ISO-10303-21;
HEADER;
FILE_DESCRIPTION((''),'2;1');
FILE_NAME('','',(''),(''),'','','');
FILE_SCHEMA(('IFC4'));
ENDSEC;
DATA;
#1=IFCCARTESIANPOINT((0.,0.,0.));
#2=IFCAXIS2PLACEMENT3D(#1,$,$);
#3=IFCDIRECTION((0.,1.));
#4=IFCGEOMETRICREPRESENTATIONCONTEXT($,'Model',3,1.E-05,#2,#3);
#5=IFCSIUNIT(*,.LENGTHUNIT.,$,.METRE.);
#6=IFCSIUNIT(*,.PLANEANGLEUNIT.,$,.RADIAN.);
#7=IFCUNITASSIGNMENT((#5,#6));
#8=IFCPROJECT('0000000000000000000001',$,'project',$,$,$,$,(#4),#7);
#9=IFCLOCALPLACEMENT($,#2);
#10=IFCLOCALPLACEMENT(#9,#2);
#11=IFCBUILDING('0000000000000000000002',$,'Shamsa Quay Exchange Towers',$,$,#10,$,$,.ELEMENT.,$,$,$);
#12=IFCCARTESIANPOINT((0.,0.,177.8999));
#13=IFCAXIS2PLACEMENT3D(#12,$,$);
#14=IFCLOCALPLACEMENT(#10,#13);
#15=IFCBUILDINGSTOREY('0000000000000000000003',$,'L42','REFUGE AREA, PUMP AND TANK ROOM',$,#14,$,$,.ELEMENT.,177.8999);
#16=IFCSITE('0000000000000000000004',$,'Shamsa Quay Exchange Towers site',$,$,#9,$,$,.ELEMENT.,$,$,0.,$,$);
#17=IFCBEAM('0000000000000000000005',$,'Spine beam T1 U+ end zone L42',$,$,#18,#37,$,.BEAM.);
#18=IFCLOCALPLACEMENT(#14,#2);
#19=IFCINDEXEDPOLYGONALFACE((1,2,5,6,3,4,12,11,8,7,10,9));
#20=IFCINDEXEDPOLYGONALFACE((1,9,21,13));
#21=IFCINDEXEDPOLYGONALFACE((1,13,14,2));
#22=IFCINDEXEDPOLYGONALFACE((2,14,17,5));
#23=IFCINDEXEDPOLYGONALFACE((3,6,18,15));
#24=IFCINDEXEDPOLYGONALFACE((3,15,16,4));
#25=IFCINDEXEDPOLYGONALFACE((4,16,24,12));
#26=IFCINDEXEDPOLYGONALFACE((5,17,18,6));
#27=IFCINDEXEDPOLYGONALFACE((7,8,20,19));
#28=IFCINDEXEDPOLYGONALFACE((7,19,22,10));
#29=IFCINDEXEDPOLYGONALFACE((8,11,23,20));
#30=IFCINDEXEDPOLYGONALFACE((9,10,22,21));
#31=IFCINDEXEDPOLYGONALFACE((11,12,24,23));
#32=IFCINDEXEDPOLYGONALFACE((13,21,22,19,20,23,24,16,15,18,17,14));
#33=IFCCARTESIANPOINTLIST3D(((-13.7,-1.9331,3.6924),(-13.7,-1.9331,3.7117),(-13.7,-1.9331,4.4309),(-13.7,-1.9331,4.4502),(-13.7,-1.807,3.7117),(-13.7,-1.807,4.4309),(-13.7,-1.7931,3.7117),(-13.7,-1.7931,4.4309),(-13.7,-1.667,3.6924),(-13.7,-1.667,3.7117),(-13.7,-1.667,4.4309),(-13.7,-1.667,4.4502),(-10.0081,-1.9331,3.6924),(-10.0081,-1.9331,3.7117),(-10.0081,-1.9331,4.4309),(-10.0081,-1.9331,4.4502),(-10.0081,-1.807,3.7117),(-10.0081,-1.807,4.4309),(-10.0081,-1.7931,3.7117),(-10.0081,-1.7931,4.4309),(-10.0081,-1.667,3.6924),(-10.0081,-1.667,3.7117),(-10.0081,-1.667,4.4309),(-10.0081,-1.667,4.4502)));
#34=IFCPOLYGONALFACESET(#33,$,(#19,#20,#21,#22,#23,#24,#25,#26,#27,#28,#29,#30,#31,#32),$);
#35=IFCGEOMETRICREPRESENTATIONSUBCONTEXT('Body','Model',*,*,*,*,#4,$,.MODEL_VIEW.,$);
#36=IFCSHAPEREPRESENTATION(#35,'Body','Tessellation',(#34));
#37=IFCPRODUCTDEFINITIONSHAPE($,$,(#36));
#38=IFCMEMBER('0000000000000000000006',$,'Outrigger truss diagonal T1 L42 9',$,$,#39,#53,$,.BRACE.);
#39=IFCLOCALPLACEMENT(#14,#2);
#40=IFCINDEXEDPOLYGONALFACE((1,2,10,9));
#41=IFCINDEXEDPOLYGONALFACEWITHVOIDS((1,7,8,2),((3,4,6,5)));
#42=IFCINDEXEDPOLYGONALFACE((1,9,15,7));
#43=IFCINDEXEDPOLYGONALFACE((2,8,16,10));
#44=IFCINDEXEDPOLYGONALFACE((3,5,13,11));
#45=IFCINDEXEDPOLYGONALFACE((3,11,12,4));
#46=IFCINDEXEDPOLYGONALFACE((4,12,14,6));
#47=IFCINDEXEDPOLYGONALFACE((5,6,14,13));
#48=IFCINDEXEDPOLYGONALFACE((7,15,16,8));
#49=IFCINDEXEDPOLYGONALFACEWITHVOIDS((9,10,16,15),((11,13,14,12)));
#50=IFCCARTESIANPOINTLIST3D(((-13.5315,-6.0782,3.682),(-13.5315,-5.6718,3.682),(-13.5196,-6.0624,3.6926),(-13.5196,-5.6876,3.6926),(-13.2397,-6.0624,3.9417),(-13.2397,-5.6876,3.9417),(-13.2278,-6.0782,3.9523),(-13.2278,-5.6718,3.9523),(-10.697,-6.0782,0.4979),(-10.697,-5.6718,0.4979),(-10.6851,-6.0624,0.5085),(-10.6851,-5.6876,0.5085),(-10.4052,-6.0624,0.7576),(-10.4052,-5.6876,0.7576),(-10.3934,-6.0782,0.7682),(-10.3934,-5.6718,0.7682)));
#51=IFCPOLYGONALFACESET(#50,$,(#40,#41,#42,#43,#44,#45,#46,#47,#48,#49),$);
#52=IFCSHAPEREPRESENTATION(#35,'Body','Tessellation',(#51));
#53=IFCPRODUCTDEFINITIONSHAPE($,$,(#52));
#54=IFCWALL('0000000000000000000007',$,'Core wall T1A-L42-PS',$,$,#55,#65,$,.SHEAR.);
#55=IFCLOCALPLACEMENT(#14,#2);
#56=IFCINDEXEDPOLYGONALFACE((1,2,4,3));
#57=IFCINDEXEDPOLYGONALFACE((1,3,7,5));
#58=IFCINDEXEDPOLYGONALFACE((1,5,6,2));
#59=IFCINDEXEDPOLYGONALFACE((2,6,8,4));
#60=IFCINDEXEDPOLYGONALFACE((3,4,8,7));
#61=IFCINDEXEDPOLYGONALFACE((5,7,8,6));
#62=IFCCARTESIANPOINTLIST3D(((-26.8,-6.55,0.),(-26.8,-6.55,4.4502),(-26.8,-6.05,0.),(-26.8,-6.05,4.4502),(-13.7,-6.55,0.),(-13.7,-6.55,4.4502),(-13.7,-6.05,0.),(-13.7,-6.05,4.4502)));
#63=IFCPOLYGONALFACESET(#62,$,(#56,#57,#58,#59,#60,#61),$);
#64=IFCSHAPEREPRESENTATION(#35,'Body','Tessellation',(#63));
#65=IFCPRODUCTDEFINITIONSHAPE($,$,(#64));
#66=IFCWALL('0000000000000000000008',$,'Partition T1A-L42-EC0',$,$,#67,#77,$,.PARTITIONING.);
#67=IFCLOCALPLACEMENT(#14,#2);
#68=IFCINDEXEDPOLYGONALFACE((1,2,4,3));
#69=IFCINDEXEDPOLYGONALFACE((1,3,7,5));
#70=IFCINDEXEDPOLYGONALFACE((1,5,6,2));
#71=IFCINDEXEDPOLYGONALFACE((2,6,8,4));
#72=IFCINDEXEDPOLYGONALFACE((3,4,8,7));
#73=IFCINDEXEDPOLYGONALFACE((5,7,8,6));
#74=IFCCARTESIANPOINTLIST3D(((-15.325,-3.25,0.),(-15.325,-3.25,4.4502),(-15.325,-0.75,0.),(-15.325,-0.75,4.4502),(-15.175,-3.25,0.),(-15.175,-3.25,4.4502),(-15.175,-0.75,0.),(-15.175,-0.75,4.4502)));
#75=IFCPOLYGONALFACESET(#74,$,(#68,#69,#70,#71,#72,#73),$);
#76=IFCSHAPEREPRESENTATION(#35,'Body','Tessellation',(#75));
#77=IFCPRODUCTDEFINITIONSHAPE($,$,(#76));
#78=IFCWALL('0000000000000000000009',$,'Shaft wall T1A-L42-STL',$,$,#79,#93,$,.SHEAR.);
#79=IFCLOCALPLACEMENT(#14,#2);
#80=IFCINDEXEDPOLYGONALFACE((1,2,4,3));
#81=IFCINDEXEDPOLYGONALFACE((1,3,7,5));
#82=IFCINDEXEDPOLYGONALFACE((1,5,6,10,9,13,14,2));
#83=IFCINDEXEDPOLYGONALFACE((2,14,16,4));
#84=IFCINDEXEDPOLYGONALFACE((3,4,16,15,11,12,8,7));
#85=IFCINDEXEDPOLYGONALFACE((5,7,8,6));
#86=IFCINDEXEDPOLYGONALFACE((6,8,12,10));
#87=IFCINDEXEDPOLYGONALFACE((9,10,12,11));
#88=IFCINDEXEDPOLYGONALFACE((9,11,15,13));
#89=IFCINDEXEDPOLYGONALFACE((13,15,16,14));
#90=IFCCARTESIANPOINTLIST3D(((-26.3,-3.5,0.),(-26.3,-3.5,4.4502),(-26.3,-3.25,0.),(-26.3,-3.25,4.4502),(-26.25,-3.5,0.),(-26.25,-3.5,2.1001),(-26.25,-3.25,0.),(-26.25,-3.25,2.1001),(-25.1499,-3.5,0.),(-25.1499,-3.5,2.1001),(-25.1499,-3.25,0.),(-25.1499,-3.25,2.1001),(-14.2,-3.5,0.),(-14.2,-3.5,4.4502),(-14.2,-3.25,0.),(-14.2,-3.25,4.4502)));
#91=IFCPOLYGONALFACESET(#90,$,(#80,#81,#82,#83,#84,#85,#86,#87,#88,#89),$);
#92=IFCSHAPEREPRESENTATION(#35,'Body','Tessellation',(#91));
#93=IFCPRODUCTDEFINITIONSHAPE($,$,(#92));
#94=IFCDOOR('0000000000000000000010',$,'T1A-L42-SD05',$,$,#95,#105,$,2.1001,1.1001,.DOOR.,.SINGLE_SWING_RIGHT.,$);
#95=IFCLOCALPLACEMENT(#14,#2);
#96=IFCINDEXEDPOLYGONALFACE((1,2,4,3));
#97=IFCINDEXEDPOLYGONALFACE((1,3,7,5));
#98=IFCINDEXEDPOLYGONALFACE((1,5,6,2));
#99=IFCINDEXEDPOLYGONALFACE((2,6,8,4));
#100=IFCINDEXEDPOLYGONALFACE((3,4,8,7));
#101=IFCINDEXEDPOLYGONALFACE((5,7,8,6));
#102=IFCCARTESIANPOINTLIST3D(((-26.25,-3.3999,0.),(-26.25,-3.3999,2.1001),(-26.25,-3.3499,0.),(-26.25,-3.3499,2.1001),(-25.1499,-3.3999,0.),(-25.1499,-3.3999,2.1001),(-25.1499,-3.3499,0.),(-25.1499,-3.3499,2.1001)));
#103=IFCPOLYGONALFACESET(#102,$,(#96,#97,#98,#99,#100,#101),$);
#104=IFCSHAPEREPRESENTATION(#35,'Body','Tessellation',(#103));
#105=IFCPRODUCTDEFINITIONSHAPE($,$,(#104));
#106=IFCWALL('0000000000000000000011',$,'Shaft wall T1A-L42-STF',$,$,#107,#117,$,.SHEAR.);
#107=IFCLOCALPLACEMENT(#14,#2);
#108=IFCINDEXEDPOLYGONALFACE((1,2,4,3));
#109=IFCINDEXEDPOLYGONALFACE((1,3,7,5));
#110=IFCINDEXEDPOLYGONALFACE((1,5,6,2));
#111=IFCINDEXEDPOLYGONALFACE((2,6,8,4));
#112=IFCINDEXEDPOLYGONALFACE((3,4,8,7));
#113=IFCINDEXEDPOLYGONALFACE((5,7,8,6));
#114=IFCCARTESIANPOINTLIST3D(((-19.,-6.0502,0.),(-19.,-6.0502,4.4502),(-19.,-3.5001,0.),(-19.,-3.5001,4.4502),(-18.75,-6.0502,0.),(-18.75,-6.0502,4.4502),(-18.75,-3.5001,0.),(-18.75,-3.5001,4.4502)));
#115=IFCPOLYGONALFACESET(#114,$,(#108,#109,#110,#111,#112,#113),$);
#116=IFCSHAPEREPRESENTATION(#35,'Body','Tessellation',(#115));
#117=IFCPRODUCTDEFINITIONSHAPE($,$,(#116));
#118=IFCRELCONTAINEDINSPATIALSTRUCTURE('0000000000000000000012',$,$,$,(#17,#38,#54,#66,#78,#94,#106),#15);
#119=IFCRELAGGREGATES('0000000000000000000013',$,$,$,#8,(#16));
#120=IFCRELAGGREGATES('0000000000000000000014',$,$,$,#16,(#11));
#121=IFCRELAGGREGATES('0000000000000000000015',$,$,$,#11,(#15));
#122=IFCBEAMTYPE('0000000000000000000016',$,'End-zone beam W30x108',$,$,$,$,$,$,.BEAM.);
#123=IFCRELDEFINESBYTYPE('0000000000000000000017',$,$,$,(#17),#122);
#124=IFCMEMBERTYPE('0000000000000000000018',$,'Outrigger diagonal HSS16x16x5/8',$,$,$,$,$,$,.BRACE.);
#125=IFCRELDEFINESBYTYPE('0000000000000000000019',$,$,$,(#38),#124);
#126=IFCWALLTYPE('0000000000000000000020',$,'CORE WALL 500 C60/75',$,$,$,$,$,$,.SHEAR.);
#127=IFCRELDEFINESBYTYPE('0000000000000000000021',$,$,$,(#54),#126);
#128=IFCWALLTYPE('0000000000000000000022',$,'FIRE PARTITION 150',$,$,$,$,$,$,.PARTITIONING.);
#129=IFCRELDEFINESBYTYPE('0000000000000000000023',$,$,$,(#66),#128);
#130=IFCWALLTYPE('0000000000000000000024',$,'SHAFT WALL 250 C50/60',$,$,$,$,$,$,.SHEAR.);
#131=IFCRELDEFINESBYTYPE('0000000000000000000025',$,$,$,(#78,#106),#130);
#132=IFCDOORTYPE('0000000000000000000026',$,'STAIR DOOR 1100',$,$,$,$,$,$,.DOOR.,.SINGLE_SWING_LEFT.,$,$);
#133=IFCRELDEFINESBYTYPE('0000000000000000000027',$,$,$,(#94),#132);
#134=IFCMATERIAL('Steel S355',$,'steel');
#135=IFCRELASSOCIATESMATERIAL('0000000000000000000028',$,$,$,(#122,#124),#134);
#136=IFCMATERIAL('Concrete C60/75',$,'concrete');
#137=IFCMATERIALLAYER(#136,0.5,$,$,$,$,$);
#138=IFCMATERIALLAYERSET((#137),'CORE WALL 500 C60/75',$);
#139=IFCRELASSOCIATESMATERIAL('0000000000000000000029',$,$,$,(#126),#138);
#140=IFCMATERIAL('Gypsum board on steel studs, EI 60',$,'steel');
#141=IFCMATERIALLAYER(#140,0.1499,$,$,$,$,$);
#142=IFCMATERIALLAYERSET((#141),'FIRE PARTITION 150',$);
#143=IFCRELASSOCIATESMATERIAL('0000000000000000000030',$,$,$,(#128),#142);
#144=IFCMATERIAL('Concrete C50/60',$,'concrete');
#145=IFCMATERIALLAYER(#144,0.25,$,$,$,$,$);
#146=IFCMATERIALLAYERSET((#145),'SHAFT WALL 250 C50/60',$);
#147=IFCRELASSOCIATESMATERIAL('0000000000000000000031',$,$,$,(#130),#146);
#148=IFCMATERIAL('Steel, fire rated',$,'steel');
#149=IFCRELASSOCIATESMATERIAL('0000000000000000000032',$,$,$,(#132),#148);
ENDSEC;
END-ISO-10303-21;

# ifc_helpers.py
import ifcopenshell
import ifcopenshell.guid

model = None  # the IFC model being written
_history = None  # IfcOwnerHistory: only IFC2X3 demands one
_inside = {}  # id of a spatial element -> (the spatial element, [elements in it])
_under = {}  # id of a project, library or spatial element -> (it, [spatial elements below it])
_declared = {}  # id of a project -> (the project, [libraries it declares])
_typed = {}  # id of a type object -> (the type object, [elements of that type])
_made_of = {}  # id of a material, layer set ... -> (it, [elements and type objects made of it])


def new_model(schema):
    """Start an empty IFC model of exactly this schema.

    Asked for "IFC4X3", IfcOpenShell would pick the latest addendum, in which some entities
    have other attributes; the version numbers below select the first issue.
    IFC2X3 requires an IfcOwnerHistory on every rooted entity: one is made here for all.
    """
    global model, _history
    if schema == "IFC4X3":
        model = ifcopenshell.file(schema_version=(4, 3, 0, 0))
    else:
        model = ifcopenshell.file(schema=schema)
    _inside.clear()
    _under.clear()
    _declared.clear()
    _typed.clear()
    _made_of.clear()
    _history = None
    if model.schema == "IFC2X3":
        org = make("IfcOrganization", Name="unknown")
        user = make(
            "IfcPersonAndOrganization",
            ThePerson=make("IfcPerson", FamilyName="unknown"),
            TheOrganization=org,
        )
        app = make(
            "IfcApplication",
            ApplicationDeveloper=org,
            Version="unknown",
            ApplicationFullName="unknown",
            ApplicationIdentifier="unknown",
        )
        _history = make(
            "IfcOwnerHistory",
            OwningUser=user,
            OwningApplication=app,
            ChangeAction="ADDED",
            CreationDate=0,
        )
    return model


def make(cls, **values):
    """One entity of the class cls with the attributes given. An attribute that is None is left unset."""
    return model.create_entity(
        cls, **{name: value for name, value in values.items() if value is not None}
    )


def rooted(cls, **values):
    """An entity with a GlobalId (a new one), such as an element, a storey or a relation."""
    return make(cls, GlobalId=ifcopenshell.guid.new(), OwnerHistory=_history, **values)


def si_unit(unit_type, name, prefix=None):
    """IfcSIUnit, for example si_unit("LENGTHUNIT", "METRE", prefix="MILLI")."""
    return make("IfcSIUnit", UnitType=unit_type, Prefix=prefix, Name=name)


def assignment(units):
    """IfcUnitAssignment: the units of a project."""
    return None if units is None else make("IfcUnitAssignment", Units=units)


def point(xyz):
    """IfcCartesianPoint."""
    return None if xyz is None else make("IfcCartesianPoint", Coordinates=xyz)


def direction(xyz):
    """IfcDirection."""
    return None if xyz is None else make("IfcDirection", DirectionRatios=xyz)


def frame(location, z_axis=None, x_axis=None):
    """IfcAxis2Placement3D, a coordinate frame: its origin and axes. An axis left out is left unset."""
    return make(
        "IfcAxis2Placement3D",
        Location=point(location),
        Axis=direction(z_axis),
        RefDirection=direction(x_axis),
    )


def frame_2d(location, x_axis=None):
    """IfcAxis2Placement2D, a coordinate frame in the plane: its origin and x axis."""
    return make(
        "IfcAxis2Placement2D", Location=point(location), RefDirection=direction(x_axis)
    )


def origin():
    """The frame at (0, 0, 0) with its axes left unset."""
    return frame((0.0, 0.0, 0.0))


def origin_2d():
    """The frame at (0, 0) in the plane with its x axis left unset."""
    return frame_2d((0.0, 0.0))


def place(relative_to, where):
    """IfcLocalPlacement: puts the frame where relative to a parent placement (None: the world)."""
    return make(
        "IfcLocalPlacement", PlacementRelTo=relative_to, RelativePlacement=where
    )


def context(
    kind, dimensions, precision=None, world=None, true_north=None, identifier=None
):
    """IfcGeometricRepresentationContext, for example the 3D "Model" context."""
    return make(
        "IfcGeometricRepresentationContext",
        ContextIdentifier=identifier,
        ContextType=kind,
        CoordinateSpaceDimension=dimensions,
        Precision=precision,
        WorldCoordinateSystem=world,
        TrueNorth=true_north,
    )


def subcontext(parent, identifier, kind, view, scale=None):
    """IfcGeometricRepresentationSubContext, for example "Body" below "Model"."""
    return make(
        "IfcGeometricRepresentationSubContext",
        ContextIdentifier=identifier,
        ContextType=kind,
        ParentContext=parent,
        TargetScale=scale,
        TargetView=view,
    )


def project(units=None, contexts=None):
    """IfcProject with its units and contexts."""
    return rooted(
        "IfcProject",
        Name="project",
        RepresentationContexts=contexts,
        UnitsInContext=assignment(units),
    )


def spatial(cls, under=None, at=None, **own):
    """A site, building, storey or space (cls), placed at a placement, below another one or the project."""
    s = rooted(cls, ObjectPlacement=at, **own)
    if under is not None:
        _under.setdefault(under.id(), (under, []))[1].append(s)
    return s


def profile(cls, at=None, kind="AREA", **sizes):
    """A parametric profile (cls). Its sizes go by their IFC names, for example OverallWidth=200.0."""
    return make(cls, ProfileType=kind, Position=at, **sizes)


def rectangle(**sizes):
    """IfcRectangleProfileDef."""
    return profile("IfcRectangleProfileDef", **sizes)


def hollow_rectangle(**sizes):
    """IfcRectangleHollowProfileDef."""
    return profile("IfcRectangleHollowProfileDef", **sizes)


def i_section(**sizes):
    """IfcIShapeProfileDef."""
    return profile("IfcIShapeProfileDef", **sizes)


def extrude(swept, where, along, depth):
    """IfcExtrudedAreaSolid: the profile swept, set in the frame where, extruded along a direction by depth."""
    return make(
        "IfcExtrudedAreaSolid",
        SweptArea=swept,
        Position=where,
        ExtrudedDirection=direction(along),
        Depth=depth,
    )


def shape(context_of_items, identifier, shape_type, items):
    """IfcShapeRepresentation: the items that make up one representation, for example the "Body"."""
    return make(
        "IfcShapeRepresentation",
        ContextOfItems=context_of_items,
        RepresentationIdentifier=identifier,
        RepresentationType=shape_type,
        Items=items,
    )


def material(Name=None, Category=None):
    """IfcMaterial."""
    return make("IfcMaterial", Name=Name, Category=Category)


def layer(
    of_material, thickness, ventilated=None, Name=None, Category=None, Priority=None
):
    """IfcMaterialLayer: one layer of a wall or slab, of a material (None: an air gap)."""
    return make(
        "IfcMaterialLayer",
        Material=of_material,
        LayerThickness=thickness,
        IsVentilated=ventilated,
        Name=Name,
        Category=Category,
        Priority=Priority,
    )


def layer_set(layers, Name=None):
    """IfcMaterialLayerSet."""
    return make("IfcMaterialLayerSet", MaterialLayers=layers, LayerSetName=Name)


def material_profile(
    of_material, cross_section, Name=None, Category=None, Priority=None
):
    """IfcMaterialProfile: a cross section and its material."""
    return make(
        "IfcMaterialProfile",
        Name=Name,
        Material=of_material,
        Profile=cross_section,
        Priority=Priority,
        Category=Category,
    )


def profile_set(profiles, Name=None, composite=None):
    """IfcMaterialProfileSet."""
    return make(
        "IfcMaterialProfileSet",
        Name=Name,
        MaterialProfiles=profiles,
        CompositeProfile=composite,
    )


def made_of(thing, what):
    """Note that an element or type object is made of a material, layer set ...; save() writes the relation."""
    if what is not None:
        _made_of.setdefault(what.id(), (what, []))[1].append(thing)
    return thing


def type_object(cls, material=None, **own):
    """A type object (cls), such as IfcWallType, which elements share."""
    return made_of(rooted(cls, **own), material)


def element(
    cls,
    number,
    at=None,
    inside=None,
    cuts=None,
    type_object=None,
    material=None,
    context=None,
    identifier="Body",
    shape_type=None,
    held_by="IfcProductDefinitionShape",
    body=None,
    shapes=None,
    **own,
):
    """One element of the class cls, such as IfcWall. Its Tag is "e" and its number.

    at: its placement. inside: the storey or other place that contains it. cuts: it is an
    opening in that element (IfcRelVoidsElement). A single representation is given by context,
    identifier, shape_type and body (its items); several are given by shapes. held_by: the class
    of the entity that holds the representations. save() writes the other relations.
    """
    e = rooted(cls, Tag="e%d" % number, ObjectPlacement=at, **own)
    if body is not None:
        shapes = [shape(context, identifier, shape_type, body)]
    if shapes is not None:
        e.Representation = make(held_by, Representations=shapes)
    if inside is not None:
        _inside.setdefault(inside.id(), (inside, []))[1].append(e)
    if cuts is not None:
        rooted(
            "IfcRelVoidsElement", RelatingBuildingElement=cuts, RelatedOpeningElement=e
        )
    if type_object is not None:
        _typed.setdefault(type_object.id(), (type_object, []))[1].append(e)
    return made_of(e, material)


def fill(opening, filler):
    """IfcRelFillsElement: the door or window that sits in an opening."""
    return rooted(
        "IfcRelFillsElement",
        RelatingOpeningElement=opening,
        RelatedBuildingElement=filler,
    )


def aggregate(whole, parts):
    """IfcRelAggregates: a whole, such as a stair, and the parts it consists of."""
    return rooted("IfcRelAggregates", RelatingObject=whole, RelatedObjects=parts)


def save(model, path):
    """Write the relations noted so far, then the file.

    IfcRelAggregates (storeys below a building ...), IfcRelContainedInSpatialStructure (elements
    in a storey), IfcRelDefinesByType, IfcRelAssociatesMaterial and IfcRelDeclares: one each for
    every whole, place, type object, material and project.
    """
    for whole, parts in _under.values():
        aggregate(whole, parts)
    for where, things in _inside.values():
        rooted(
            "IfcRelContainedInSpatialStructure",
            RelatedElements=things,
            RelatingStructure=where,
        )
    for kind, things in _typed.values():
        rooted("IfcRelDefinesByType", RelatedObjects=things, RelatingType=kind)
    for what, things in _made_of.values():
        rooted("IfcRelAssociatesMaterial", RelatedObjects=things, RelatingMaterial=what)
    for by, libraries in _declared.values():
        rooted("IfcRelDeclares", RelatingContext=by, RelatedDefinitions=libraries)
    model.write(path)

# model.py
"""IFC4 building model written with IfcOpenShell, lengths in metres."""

from ifc_helpers import new_model, si_unit, direction, frame, frame_2d, origin, origin_2d, place, context, subcontext, project, spatial, rectangle, hollow_rectangle, i_section, extrude, material, layer, layer_set, material_profile, profile_set, type_object, element, fill, save


model = new_model("IFC4")

# Units and contexts
model_context = context("Model", 3, precision=1e-05, world=origin(), true_north=direction((0.0, 1.0)))
body_context = subcontext(model_context, "Body", "Model", "MODEL_VIEW")
ifc_project = project(units=[si_unit("LENGTHUNIT", "METRE"), si_unit("PLANEANGLEUNIT", "RADIAN")], contexts=[model_context])

# Site, building, storey
site_placement = place(None, origin())
site = spatial("IfcSite", under=ifc_project, at=site_placement, Name="Shamsa Quay Exchange Towers site", CompositionType="ELEMENT", RefElevation=0.0)
building_placement = place(site_placement, origin())
building = spatial("IfcBuilding", under=site, at=building_placement, Name="Shamsa Quay Exchange Towers", CompositionType="ELEMENT")
storey_placement = place(building_placement, frame((0.0, 0.0, 177.8999)))
storey = spatial("IfcBuildingStorey", under=building, at=storey_placement, Name="L42", Description="REFUGE AREA, PUMP AND TANK ROOM", CompositionType="ELEMENT", Elevation=177.8999)

# Beam
ifc_material_1 = material(Name="Steel S355", Category="steel")
ifc_material_profile_1 = material_profile(ifc_material_1, i_section(OverallWidth=0.2661, OverallDepth=0.7578, WebThickness=0.0139, FlangeThickness=0.0193, at=origin_2d()), Name="W30x108")
ifc_profile_set_1 = profile_set([ifc_material_profile_1], Name="Steel S355")
beam_type = type_object("IfcBeamType", Name="End-zone beam W30x108", PredefinedType="BEAM", material=ifc_profile_set_1)
beam_placement = place(storey_placement, frame((-13.7, -1.8, 4.0713), z_axis=(1.0, 0.0, 0.0), x_axis=(0.0, 1.0, 0.0)))
element("IfcBeam", 1, at=beam_placement, inside=storey, type_object=beam_type, Name="Spine beam T1 U+ end zone L42", PredefinedType="BEAM", context=body_context, shape_type="SweptSolid", body=[
    extrude(i_section(OverallWidth=0.2661, OverallDepth=0.7578, WebThickness=0.0139, FlangeThickness=0.0193, at=origin_2d()), origin(), (0.0, 0.0, 1.0), 3.6919),
])

# Member
ifc_material_profile_2 = material_profile(ifc_material_1, hollow_rectangle(XDim=0.4065, YDim=0.4065, WallThickness=0.0159, at=origin_2d()), Name="HSS16x16x5/8")
ifc_profile_set_2 = profile_set([ifc_material_profile_2], Name="Steel S355")
member_type = type_object("IfcMemberType", Name="Outrigger diagonal HSS16x16x5/8", PredefinedType="BRACE", material=ifc_profile_set_2)
member_placement = place(storey_placement, frame((-10.5452, -5.875, 0.6331), z_axis=(-0.664911, 0.0, 0.746923), x_axis=(0.0, -1.0, 0.0)))
element("IfcMember", 2, at=member_placement, inside=storey, type_object=member_type, Name="Outrigger truss diagonal T1 L42 9", PredefinedType="BRACE", context=body_context, shape_type="SweptSolid", body=[
    extrude(hollow_rectangle(XDim=0.4065, YDim=0.4065, WallThickness=0.0159, at=origin_2d()), origin(), (0.0, 0.0, 1.0), 4.2629),
])

# Walls
ifc_material_2 = material(Name="Concrete C60/75", Category="concrete")
ifc_layer_1 = layer(ifc_material_2, 0.5)
ifc_layer_set_1 = layer_set([ifc_layer_1], Name="CORE WALL 500 C60/75")
wall_type_1 = type_object("IfcWallType", Name="CORE WALL 500 C60/75", PredefinedType="SHEAR", material=ifc_layer_set_1)
wall_1_placement = place(storey_placement, frame((-26.8, -6.3, 0.0)))
element("IfcWall", 3, at=wall_1_placement, inside=storey, type_object=wall_type_1, Name="Core wall T1A-L42-PS", PredefinedType="SHEAR", context=body_context, shape_type="SweptSolid", body=[
    extrude(rectangle(XDim=13.1001, YDim=0.5, at=frame_2d((6.55, 0.0))), origin(), (0.0, 0.0, 1.0), 4.4502),
])
ifc_material_3 = material(Name="Gypsum board on steel studs, EI 60", Category="steel")
ifc_layer_2 = layer(ifc_material_3, 0.1499)
ifc_layer_set_2 = layer_set([ifc_layer_2], Name="FIRE PARTITION 150")
wall_type_2 = type_object("IfcWallType", Name="FIRE PARTITION 150", PredefinedType="PARTITIONING", material=ifc_layer_set_2)
wall_2_placement = place(storey_placement, frame((-15.25, -3.25, 0.0), z_axis=(0.0, 0.0, 1.0), x_axis=(0.0, 1.0, 0.0)))
element("IfcWall", 4, at=wall_2_placement, inside=storey, type_object=wall_type_2, Name="Partition T1A-L42-EC0", PredefinedType="PARTITIONING", context=body_context, shape_type="SweptSolid", body=[
    extrude(rectangle(XDim=2.5, YDim=0.1499, at=frame_2d((1.25, 0.0))), origin(), (0.0, 0.0, 1.0), 4.4502),
])

# Wall, opening, door
ifc_material_4 = material(Name="Concrete C50/60", Category="concrete")
ifc_layer_3 = layer(ifc_material_4, 0.25)
ifc_layer_set_3 = layer_set([ifc_layer_3], Name="SHAFT WALL 250 C50/60")
wall_type_3 = type_object("IfcWallType", Name="SHAFT WALL 250 C50/60", PredefinedType="SHEAR", material=ifc_layer_set_3)
wall_3_placement = place(storey_placement, frame((-14.2, -3.375, 0.0), z_axis=(0.0, 0.0, 1.0), x_axis=(-1.0, 0.0, 0.0)))
wall_3 = element("IfcWall", 5, at=wall_3_placement, inside=storey, type_object=wall_type_3, Name="Shaft wall T1A-L42-STL", PredefinedType="SHEAR", context=body_context, shape_type="SweptSolid", body=[
    extrude(rectangle(XDim=12.1001, YDim=0.25, at=frame_2d((6.05, 0.0))), origin(), (0.0, 0.0, 1.0), 4.4502),
])
opening_1_placement = place(wall_3_placement, frame((10.95, 0.0, 0.0)))
opening_1 = element("IfcOpeningElement", 6, at=opening_1_placement, cuts=wall_3, PredefinedType="OPENING", context=body_context, shape_type="SweptSolid", body=[
    extrude(rectangle(XDim=1.1001, YDim=2.1001, at=frame_2d((0.55, 1.05))), frame((0.0, 0.135, 0.0), z_axis=(0.0, -1.0, 0.0), x_axis=(1.0, 0.0, 0.0)), (0.0, 0.0, 1.0), 0.27),
])
ifc_material_5 = material(Name="Steel, fire rated", Category="steel")
door_type_1 = type_object("IfcDoorType", Name="STAIR DOOR 1100", OperationType="SINGLE_SWING_LEFT", PredefinedType="DOOR", material=ifc_material_5)
door_1_placement = place(opening_1_placement, origin())
door_1 = element("IfcDoor", 7, at=door_1_placement, inside=storey, type_object=door_type_1, Name="T1A-L42-SD05", OperationType="SINGLE_SWING_RIGHT", OverallHeight=2.1001, OverallWidth=1.1001, PredefinedType="DOOR", context=body_context, shape_type="SweptSolid", body=[
    extrude(rectangle(XDim=1.1001, YDim=2.1001, at=frame_2d((0.55, 1.05))), frame((0.0, 0.0249, 0.0), z_axis=(0.0, -1.0, 0.0), x_axis=(1.0, 0.0, 0.0)), (0.0, 0.0, 1.0), 0.05),
])
fill(opening_1, door_1)

# Wall
wall_4_placement = place(storey_placement, frame((-18.875, -6.05, 0.0), z_axis=(0.0, 0.0, 1.0), x_axis=(0.0, 1.0, 0.0)))
element("IfcWall", 8, at=wall_4_placement, inside=storey, type_object=wall_type_3, Name="Shaft wall T1A-L42-STF", PredefinedType="SHEAR", context=body_context, shape_type="SweptSolid", body=[
    extrude(rectangle(XDim=2.55, YDim=0.25, at=frame_2d((1.2749, 0.0))), origin(), (0.0, 0.0, 1.0), 4.4502),
])

save(model, "model.ifc")
